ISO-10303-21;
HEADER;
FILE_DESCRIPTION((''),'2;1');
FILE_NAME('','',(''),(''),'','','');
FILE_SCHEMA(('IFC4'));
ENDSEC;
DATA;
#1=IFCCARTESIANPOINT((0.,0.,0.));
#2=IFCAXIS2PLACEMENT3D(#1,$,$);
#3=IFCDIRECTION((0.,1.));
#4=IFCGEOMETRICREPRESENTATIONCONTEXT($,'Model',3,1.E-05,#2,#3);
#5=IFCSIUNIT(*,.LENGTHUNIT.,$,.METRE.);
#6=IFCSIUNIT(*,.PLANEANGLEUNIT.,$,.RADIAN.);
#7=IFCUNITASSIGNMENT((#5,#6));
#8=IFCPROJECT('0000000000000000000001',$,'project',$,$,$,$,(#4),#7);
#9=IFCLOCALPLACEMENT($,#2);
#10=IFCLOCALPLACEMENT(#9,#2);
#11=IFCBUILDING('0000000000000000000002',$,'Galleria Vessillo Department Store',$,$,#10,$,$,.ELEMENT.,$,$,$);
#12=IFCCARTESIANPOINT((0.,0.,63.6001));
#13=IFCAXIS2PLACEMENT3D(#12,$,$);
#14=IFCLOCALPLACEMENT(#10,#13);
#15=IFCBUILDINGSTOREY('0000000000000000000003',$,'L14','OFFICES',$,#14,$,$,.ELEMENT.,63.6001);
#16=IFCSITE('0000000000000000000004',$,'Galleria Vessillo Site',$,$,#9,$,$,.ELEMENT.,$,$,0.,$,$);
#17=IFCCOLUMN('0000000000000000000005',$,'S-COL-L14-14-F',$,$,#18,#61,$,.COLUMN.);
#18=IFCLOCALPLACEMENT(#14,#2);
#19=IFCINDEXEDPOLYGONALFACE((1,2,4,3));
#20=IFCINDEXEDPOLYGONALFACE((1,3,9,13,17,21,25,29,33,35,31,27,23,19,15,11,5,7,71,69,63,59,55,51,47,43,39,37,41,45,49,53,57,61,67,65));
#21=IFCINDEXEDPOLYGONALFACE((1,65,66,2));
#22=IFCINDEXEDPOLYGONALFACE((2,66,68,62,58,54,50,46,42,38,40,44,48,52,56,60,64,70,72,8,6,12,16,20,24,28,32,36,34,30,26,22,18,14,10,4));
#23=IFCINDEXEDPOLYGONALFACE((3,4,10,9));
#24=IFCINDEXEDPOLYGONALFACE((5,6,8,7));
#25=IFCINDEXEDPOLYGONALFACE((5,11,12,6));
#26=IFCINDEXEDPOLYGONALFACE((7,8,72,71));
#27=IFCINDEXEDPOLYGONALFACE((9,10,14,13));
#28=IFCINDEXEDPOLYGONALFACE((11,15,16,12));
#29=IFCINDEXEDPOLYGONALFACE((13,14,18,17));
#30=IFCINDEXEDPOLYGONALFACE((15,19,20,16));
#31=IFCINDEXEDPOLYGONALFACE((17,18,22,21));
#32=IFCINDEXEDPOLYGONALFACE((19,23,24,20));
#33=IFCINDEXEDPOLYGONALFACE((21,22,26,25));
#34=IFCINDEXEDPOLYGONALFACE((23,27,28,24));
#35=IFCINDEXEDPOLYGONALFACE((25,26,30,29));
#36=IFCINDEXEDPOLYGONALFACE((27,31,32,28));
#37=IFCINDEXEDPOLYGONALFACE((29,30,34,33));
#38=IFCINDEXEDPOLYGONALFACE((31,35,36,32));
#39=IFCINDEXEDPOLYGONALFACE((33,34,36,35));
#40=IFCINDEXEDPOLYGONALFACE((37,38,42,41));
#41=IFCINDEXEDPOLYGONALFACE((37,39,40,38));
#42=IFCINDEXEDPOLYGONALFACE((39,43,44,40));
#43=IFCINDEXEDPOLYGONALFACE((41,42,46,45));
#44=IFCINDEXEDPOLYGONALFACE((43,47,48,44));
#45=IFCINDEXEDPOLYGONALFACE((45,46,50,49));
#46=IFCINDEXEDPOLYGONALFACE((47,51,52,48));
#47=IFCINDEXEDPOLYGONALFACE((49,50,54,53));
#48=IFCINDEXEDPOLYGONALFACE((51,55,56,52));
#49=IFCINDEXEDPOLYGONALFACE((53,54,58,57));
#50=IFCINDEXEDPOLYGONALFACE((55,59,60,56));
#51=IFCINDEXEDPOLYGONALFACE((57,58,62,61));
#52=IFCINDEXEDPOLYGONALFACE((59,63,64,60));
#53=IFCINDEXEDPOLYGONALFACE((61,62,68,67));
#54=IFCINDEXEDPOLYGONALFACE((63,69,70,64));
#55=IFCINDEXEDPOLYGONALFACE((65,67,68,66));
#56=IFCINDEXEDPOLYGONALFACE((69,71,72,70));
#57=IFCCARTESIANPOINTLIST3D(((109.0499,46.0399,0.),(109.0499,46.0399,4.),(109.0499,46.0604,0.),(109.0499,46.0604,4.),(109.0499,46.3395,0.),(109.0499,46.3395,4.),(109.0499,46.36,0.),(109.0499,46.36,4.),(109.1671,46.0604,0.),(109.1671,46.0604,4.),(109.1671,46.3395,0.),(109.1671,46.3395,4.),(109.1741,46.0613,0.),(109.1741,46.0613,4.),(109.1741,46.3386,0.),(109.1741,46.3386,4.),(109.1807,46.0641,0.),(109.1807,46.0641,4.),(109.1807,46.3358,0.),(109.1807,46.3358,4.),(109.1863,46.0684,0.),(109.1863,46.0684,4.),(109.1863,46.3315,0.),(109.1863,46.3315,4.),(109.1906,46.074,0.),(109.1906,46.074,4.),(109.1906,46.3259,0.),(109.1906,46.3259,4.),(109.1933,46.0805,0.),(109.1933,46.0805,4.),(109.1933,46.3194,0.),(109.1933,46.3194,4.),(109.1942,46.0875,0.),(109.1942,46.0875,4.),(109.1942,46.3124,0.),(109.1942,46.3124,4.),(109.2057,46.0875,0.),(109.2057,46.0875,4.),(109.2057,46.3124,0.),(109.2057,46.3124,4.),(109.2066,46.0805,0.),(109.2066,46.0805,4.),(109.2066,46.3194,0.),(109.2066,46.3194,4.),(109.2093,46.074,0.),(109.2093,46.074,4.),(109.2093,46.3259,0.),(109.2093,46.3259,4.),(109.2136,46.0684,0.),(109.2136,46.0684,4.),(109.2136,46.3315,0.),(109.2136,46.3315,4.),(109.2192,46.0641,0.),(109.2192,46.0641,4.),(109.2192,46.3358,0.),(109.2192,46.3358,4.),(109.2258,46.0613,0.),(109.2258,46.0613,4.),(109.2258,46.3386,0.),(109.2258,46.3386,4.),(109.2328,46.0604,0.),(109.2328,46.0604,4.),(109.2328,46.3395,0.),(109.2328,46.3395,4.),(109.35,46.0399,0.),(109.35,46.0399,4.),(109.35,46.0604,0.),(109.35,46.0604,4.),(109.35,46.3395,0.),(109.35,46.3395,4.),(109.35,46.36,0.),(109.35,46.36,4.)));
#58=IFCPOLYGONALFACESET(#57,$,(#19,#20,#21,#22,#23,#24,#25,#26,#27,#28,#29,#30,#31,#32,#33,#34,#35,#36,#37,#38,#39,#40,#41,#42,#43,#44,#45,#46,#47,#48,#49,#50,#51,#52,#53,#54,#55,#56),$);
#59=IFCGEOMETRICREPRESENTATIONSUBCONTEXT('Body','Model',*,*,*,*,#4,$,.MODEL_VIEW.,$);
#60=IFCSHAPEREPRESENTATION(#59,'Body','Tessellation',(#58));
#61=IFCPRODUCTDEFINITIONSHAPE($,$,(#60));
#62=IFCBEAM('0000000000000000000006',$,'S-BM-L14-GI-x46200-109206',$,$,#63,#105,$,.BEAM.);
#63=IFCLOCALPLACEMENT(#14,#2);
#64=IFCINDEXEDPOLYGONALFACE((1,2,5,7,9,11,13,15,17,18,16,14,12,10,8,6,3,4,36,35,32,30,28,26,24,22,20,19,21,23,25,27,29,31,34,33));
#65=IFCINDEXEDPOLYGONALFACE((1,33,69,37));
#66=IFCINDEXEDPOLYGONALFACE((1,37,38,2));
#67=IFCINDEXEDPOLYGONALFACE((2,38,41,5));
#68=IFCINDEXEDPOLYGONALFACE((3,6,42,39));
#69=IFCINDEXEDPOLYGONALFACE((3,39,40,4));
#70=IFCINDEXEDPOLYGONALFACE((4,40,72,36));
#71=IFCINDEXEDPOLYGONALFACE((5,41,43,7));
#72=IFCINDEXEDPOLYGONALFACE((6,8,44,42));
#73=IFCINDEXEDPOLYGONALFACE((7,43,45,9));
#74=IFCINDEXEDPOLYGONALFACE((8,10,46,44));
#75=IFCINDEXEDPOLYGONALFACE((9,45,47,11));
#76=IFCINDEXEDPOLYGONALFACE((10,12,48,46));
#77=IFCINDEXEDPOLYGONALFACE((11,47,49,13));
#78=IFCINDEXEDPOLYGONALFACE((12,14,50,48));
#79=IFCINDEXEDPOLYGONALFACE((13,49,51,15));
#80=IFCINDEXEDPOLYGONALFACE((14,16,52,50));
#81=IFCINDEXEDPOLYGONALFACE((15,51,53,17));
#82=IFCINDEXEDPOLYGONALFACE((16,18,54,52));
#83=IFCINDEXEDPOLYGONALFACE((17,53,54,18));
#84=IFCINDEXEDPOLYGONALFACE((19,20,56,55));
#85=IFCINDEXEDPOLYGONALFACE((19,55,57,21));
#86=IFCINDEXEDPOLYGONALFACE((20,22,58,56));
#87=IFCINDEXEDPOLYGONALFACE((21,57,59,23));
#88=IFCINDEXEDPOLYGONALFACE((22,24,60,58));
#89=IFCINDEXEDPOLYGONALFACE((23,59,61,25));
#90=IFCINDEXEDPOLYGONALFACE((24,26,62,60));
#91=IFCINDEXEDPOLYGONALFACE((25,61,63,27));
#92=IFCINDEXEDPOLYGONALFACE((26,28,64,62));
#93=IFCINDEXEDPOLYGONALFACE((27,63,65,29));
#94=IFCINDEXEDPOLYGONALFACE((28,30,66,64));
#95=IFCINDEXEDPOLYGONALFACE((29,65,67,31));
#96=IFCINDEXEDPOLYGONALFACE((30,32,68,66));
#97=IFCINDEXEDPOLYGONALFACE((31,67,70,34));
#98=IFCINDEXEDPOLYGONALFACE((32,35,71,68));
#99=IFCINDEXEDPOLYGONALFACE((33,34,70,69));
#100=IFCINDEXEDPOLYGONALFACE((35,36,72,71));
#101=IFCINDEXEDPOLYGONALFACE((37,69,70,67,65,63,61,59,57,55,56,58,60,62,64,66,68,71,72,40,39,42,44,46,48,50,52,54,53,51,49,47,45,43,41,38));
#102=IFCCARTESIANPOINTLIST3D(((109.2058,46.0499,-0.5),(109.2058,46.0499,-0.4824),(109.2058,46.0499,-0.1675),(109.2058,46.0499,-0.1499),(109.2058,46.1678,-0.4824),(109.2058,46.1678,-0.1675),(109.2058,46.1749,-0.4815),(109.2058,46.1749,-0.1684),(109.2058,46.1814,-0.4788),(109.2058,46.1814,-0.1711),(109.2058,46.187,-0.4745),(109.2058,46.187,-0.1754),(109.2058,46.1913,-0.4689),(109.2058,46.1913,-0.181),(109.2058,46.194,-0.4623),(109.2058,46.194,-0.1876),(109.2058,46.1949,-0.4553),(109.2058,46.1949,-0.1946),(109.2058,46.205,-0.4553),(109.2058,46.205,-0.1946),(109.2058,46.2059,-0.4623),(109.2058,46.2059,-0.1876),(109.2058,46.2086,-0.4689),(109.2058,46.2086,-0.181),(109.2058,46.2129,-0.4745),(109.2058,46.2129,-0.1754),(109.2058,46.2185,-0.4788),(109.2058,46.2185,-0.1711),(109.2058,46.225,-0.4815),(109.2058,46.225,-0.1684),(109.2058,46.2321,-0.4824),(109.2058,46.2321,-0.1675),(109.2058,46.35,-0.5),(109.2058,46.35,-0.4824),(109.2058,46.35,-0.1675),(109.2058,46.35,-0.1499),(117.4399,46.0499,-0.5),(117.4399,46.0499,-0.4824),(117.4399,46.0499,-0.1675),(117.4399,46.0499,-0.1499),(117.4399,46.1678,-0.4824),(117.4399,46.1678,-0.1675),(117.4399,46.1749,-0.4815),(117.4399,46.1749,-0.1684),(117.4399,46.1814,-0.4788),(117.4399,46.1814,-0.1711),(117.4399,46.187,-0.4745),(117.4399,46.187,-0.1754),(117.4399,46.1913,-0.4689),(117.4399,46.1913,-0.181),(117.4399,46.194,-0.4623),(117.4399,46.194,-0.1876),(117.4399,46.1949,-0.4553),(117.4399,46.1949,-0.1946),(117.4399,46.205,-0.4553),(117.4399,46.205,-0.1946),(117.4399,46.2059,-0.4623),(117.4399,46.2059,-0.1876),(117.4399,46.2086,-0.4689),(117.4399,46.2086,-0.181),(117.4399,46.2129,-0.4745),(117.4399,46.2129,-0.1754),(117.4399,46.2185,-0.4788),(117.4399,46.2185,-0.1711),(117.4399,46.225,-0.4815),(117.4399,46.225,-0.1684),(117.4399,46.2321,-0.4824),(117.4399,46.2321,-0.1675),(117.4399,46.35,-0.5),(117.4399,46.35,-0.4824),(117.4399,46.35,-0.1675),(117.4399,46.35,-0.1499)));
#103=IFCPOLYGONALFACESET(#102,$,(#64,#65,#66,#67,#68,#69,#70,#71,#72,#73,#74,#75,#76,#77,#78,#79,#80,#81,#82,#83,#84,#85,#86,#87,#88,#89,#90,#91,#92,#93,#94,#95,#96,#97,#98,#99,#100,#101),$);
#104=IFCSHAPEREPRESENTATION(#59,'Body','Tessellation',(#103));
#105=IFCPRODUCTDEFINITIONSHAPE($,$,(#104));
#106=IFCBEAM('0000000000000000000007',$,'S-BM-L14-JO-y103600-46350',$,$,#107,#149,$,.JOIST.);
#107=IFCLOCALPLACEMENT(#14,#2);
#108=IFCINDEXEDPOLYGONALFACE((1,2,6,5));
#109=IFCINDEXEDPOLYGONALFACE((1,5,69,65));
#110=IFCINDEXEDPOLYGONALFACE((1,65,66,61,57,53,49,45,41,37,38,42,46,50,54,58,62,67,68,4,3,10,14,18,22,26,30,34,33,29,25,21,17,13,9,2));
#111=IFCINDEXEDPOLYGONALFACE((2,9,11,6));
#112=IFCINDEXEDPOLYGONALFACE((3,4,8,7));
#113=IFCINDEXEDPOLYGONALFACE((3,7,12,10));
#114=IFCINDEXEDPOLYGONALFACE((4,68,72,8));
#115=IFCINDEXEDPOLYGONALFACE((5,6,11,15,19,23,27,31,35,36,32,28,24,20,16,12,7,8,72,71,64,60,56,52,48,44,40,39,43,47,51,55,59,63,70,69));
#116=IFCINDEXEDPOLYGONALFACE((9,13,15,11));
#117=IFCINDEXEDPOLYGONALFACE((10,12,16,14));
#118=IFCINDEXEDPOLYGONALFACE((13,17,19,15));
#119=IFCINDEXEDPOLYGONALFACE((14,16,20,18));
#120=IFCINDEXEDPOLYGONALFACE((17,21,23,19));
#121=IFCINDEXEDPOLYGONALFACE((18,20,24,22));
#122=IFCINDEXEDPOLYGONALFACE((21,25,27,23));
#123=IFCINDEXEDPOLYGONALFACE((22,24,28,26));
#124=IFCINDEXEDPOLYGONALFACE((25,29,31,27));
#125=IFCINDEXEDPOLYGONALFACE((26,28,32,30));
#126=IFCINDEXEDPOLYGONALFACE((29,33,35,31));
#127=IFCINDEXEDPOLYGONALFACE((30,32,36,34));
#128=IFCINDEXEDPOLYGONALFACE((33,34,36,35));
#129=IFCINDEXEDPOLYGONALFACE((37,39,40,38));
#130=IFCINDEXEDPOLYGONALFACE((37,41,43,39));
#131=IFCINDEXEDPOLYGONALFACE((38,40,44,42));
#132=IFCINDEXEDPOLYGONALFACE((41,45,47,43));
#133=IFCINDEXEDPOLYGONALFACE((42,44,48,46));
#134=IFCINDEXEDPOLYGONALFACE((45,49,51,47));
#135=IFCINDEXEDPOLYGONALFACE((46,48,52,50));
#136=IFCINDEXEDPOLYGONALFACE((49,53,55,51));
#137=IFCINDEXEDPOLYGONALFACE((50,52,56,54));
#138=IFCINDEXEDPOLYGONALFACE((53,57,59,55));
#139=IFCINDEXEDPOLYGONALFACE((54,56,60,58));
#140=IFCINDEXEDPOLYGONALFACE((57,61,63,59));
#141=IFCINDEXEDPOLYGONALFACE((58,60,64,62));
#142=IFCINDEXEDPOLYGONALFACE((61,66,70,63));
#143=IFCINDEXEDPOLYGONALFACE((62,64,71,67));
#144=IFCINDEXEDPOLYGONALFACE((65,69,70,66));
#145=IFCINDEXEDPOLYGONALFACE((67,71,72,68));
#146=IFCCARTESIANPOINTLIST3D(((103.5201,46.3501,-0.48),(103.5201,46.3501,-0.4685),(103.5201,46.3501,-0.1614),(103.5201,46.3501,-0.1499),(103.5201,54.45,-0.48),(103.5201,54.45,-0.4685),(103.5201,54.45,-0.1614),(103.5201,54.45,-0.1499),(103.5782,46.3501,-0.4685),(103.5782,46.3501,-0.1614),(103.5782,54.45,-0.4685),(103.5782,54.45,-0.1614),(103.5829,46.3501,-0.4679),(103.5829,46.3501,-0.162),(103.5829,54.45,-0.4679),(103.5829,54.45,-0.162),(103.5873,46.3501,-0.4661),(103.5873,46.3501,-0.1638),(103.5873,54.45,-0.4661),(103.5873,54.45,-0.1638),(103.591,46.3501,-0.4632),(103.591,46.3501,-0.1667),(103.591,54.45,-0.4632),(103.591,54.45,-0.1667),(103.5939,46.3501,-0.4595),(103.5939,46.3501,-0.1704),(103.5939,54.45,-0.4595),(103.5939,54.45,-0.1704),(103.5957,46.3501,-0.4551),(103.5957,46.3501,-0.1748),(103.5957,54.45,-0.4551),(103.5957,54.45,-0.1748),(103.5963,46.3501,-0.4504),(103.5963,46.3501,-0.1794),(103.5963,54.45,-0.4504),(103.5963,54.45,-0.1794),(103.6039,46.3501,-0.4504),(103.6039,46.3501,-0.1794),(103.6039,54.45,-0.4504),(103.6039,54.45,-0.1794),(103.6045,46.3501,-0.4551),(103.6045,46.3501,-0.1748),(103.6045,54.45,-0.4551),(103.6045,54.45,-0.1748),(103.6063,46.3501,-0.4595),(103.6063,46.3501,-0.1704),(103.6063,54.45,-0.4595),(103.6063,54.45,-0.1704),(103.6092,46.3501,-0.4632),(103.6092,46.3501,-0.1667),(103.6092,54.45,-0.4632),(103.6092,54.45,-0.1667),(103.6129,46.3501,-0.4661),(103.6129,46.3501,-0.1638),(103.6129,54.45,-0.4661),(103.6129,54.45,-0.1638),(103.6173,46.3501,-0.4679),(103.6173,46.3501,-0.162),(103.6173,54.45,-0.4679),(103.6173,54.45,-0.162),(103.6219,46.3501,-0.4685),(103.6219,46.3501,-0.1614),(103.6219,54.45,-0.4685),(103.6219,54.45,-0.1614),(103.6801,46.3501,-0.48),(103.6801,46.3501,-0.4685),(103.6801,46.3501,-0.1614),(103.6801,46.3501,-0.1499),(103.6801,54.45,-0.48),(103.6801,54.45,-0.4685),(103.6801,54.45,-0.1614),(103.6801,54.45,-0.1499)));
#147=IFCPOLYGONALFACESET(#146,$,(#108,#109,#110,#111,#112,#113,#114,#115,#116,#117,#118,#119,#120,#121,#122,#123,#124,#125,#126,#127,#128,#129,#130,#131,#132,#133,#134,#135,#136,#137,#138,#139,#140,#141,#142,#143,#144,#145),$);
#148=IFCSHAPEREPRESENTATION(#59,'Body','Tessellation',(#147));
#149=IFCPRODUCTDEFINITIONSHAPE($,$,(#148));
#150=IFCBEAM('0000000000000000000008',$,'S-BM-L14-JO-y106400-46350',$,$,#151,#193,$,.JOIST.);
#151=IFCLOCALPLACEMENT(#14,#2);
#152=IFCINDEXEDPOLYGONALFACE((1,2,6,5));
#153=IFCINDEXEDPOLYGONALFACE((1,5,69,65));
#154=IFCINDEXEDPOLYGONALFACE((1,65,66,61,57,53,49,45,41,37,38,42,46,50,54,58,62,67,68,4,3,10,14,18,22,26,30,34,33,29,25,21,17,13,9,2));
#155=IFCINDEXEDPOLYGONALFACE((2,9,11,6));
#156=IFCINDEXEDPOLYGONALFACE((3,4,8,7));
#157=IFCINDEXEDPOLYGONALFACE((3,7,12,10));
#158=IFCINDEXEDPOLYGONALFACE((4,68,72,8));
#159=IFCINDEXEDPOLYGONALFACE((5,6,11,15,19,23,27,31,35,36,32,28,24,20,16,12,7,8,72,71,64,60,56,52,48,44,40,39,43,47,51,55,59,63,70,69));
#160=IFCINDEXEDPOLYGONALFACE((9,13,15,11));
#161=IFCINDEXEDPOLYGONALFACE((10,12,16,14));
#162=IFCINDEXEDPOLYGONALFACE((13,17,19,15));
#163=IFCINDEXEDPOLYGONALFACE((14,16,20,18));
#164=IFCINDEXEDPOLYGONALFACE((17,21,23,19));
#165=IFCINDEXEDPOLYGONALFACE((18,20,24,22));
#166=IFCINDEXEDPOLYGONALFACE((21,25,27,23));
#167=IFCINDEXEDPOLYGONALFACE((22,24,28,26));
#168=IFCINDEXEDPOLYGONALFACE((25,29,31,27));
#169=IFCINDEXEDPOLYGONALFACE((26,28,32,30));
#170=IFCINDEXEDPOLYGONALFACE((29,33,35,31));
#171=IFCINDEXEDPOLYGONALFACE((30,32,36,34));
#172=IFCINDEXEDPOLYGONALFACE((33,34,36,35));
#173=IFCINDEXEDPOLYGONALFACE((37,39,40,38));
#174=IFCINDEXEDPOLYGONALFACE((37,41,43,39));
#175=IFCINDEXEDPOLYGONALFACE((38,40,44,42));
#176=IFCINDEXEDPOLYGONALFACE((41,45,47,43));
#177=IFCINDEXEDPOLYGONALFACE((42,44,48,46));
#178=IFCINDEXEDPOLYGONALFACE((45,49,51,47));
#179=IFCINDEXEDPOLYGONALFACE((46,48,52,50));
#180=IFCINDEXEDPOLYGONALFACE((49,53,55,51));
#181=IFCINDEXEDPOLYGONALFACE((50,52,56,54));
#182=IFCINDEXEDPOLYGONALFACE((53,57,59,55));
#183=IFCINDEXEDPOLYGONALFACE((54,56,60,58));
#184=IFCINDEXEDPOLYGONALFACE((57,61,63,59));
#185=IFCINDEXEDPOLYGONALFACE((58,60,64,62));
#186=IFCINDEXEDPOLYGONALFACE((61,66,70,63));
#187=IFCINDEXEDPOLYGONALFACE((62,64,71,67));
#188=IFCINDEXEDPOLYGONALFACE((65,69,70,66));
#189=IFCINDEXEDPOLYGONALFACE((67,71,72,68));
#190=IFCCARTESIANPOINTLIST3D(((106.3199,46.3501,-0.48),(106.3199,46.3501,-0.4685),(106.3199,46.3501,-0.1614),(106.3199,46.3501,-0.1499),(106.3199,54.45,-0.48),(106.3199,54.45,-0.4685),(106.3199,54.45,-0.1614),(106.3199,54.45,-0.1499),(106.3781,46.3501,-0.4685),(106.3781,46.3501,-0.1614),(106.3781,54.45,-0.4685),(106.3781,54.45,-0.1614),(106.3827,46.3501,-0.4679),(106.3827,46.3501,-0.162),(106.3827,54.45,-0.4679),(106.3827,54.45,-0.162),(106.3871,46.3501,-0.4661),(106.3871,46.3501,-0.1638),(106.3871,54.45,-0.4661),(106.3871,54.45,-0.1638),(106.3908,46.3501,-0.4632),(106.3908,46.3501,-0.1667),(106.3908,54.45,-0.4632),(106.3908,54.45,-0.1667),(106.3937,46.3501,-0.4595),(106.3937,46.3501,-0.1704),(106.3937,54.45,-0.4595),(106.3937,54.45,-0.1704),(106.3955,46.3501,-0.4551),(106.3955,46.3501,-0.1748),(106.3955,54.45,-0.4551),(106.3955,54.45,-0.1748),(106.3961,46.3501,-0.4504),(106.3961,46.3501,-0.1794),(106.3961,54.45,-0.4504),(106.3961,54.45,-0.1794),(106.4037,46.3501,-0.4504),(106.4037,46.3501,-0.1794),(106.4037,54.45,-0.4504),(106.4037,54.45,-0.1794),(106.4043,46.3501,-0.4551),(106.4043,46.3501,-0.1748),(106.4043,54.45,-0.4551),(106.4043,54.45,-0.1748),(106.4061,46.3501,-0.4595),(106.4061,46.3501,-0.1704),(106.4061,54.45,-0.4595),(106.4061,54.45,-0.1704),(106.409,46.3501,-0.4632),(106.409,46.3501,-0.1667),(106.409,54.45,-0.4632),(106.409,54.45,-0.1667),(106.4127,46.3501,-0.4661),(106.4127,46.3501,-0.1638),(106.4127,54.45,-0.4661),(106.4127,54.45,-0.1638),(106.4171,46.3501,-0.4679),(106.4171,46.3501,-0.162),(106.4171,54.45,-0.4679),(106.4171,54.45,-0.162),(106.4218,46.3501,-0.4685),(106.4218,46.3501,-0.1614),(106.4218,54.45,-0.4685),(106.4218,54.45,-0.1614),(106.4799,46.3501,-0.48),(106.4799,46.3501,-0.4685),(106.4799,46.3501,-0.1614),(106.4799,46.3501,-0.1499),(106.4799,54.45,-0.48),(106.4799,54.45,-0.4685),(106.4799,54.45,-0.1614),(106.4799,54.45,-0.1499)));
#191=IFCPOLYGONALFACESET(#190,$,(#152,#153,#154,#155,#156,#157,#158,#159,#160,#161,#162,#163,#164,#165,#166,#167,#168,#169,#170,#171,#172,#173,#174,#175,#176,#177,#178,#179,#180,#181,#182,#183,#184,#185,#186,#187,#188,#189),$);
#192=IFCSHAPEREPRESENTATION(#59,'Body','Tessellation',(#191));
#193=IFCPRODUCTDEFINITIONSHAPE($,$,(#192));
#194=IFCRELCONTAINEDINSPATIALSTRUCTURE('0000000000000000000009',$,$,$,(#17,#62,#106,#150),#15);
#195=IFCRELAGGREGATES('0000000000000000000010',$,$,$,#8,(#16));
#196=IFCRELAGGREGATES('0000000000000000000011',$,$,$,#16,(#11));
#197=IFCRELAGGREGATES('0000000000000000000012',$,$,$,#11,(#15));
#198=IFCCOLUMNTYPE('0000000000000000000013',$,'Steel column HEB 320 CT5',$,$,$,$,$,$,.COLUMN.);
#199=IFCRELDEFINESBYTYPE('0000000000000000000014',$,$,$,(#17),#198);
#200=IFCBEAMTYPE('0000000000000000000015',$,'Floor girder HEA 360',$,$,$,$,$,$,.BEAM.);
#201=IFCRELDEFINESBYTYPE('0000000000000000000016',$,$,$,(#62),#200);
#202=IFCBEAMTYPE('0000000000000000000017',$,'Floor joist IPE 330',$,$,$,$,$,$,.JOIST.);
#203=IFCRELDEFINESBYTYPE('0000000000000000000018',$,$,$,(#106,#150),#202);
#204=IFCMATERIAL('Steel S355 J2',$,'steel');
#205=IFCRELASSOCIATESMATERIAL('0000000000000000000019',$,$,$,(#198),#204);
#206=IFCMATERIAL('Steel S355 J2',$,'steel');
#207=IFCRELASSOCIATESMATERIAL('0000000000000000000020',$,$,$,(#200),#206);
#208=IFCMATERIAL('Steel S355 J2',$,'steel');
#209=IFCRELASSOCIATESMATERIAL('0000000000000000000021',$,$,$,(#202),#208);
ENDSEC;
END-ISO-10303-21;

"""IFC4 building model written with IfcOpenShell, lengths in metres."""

from ifc_helpers import new_model, si_unit, direction, frame, origin, origin_2d, place, context, subcontext, project, spatial, i_section, extrude, material, material_profile, profile_set, type_object, element, save


model = new_model("IFC4")

# Units and contexts
model_context = context("Model", 3, precision=1e-05, world=origin(), true_north=direction((0.0, 1.0)))
body_context = subcontext(model_context, "Body", "Model", "MODEL_VIEW")
ifc_project = project(units=[si_unit("LENGTHUNIT", "METRE"), si_unit("PLANEANGLEUNIT", "RADIAN")], contexts=[model_context])

# Site, building, storey
site_placement = place(None, origin())
site = spatial("IfcSite", under=ifc_project, at=site_placement, Name="Galleria Vessillo Site", CompositionType="ELEMENT", RefElevation=0.0)
building_placement = place(site_placement, origin())
building = spatial("IfcBuilding", under=site, at=building_placement, Name="Galleria Vessillo Department Store", CompositionType="ELEMENT")
storey_placement = place(building_placement, frame((0.0, 0.0, 63.6001)))
storey = spatial("IfcBuildingStorey", under=building, at=storey_placement, Name="L14", Description="OFFICES", CompositionType="ELEMENT", Elevation=63.6001)

# Column
ifc_material_1 = material(Name="Steel S355 J2", Category="steel")
ifc_material_profile_1 = material_profile(ifc_material_1, i_section(OverallWidth=0.3, OverallDepth=0.3201, WebThickness=0.0115, FlangeThickness=0.0205, FilletRadius=0.0271, at=origin_2d()), Name="HEB 320")
ifc_profile_set_1 = profile_set([ifc_material_profile_1], Name="Steel S355 J2")
column_type = type_object("IfcColumnType", Name="Steel column HEB 320 CT5", PredefinedType="COLUMN", material=ifc_profile_set_1)
column_placement = place(storey_placement, frame((109.2, 46.2, 0.0), z_axis=(0.0, 0.0, 1.0), x_axis=(1.0, 0.0, 0.0)))
element("IfcColumn", 1, at=column_placement, inside=storey, type_object=column_type, Name="S-COL-L14-14-F", PredefinedType="COLUMN", context=body_context, shape_type="SweptSolid", body=[
    extrude(i_section(OverallWidth=0.3, OverallDepth=0.3201, WebThickness=0.0115, FlangeThickness=0.0205, FilletRadius=0.0271, at=origin_2d()), origin(), (0.0, 0.0, 1.0), 4.0),
])

# Beams
ifc_material_2 = material(Name="Steel S355 J2", Category="steel")
ifc_material_profile_2 = material_profile(ifc_material_2, i_section(OverallWidth=0.3, OverallDepth=0.3501, WebThickness=0.01, FlangeThickness=0.0176, FilletRadius=0.0271, at=origin_2d()), Name="HEA 360")
ifc_profile_set_2 = profile_set([ifc_material_profile_2], Name="Steel S355 J2")
beam_type_1 = type_object("IfcBeamType", Name="Floor girder HEA 360", PredefinedType="BEAM", material=ifc_profile_set_2)
beam_placement = place(storey_placement, frame((109.2058, 46.2, -0.325), z_axis=(1.0, 0.0, 0.0), x_axis=(0.0, 1.0, 0.0)))
element("IfcBeam", 2, at=beam_placement, inside=storey, type_object=beam_type_1, Name="S-BM-L14-GI-x46200-109206", PredefinedType="BEAM", context=body_context, shape_type="SweptSolid", body=[
    extrude(i_section(OverallWidth=0.3, OverallDepth=0.3501, WebThickness=0.01, FlangeThickness=0.0176, FilletRadius=0.0271, at=origin_2d()), origin(), (0.0, 0.0, 1.0), 8.2341),
])
ifc_material_3 = material(Name="Steel S355 J2", Category="steel")
ifc_material_profile_3 = material_profile(ifc_material_3, i_section(OverallWidth=0.1599, OverallDepth=0.3301, WebThickness=0.0076, FlangeThickness=0.0115, FilletRadius=0.0181, at=origin_2d()), Name="IPE 330")
ifc_profile_set_3 = profile_set([ifc_material_profile_3], Name="Steel S355 J2")
beam_type_2 = type_object("IfcBeamType", Name="Floor joist IPE 330", PredefinedType="JOIST", material=ifc_profile_set_3)
for number, where, z_axis, x_axis, name in (
    (3, (103.6001, 46.3501, -0.3149), (0.0, 1.0, 0.0), (-1.0, 0.0, 0.0), "S-BM-L14-JO-y103600-46350"),
    (4, (106.3999, 46.3501, -0.3149), (0.0, 1.0, 0.0), (-1.0, 0.0, 0.0), "S-BM-L14-JO-y106400-46350"),
):
    element("IfcBeam", number, at=place(storey_placement, frame(where, z_axis=z_axis, x_axis=x_axis)), inside=storey, type_object=beam_type_2, Name=name, PredefinedType="JOIST", context=body_context, shape_type="SweptSolid", body=[
        extrude(i_section(OverallWidth=0.1599, OverallDepth=0.3301, WebThickness=0.0076, FlangeThickness=0.0115, FilletRadius=0.0181, at=origin_2d()), origin(), (0.0, 0.0, 1.0), 8.0999),
    ])

save(model, "model.ifc")
